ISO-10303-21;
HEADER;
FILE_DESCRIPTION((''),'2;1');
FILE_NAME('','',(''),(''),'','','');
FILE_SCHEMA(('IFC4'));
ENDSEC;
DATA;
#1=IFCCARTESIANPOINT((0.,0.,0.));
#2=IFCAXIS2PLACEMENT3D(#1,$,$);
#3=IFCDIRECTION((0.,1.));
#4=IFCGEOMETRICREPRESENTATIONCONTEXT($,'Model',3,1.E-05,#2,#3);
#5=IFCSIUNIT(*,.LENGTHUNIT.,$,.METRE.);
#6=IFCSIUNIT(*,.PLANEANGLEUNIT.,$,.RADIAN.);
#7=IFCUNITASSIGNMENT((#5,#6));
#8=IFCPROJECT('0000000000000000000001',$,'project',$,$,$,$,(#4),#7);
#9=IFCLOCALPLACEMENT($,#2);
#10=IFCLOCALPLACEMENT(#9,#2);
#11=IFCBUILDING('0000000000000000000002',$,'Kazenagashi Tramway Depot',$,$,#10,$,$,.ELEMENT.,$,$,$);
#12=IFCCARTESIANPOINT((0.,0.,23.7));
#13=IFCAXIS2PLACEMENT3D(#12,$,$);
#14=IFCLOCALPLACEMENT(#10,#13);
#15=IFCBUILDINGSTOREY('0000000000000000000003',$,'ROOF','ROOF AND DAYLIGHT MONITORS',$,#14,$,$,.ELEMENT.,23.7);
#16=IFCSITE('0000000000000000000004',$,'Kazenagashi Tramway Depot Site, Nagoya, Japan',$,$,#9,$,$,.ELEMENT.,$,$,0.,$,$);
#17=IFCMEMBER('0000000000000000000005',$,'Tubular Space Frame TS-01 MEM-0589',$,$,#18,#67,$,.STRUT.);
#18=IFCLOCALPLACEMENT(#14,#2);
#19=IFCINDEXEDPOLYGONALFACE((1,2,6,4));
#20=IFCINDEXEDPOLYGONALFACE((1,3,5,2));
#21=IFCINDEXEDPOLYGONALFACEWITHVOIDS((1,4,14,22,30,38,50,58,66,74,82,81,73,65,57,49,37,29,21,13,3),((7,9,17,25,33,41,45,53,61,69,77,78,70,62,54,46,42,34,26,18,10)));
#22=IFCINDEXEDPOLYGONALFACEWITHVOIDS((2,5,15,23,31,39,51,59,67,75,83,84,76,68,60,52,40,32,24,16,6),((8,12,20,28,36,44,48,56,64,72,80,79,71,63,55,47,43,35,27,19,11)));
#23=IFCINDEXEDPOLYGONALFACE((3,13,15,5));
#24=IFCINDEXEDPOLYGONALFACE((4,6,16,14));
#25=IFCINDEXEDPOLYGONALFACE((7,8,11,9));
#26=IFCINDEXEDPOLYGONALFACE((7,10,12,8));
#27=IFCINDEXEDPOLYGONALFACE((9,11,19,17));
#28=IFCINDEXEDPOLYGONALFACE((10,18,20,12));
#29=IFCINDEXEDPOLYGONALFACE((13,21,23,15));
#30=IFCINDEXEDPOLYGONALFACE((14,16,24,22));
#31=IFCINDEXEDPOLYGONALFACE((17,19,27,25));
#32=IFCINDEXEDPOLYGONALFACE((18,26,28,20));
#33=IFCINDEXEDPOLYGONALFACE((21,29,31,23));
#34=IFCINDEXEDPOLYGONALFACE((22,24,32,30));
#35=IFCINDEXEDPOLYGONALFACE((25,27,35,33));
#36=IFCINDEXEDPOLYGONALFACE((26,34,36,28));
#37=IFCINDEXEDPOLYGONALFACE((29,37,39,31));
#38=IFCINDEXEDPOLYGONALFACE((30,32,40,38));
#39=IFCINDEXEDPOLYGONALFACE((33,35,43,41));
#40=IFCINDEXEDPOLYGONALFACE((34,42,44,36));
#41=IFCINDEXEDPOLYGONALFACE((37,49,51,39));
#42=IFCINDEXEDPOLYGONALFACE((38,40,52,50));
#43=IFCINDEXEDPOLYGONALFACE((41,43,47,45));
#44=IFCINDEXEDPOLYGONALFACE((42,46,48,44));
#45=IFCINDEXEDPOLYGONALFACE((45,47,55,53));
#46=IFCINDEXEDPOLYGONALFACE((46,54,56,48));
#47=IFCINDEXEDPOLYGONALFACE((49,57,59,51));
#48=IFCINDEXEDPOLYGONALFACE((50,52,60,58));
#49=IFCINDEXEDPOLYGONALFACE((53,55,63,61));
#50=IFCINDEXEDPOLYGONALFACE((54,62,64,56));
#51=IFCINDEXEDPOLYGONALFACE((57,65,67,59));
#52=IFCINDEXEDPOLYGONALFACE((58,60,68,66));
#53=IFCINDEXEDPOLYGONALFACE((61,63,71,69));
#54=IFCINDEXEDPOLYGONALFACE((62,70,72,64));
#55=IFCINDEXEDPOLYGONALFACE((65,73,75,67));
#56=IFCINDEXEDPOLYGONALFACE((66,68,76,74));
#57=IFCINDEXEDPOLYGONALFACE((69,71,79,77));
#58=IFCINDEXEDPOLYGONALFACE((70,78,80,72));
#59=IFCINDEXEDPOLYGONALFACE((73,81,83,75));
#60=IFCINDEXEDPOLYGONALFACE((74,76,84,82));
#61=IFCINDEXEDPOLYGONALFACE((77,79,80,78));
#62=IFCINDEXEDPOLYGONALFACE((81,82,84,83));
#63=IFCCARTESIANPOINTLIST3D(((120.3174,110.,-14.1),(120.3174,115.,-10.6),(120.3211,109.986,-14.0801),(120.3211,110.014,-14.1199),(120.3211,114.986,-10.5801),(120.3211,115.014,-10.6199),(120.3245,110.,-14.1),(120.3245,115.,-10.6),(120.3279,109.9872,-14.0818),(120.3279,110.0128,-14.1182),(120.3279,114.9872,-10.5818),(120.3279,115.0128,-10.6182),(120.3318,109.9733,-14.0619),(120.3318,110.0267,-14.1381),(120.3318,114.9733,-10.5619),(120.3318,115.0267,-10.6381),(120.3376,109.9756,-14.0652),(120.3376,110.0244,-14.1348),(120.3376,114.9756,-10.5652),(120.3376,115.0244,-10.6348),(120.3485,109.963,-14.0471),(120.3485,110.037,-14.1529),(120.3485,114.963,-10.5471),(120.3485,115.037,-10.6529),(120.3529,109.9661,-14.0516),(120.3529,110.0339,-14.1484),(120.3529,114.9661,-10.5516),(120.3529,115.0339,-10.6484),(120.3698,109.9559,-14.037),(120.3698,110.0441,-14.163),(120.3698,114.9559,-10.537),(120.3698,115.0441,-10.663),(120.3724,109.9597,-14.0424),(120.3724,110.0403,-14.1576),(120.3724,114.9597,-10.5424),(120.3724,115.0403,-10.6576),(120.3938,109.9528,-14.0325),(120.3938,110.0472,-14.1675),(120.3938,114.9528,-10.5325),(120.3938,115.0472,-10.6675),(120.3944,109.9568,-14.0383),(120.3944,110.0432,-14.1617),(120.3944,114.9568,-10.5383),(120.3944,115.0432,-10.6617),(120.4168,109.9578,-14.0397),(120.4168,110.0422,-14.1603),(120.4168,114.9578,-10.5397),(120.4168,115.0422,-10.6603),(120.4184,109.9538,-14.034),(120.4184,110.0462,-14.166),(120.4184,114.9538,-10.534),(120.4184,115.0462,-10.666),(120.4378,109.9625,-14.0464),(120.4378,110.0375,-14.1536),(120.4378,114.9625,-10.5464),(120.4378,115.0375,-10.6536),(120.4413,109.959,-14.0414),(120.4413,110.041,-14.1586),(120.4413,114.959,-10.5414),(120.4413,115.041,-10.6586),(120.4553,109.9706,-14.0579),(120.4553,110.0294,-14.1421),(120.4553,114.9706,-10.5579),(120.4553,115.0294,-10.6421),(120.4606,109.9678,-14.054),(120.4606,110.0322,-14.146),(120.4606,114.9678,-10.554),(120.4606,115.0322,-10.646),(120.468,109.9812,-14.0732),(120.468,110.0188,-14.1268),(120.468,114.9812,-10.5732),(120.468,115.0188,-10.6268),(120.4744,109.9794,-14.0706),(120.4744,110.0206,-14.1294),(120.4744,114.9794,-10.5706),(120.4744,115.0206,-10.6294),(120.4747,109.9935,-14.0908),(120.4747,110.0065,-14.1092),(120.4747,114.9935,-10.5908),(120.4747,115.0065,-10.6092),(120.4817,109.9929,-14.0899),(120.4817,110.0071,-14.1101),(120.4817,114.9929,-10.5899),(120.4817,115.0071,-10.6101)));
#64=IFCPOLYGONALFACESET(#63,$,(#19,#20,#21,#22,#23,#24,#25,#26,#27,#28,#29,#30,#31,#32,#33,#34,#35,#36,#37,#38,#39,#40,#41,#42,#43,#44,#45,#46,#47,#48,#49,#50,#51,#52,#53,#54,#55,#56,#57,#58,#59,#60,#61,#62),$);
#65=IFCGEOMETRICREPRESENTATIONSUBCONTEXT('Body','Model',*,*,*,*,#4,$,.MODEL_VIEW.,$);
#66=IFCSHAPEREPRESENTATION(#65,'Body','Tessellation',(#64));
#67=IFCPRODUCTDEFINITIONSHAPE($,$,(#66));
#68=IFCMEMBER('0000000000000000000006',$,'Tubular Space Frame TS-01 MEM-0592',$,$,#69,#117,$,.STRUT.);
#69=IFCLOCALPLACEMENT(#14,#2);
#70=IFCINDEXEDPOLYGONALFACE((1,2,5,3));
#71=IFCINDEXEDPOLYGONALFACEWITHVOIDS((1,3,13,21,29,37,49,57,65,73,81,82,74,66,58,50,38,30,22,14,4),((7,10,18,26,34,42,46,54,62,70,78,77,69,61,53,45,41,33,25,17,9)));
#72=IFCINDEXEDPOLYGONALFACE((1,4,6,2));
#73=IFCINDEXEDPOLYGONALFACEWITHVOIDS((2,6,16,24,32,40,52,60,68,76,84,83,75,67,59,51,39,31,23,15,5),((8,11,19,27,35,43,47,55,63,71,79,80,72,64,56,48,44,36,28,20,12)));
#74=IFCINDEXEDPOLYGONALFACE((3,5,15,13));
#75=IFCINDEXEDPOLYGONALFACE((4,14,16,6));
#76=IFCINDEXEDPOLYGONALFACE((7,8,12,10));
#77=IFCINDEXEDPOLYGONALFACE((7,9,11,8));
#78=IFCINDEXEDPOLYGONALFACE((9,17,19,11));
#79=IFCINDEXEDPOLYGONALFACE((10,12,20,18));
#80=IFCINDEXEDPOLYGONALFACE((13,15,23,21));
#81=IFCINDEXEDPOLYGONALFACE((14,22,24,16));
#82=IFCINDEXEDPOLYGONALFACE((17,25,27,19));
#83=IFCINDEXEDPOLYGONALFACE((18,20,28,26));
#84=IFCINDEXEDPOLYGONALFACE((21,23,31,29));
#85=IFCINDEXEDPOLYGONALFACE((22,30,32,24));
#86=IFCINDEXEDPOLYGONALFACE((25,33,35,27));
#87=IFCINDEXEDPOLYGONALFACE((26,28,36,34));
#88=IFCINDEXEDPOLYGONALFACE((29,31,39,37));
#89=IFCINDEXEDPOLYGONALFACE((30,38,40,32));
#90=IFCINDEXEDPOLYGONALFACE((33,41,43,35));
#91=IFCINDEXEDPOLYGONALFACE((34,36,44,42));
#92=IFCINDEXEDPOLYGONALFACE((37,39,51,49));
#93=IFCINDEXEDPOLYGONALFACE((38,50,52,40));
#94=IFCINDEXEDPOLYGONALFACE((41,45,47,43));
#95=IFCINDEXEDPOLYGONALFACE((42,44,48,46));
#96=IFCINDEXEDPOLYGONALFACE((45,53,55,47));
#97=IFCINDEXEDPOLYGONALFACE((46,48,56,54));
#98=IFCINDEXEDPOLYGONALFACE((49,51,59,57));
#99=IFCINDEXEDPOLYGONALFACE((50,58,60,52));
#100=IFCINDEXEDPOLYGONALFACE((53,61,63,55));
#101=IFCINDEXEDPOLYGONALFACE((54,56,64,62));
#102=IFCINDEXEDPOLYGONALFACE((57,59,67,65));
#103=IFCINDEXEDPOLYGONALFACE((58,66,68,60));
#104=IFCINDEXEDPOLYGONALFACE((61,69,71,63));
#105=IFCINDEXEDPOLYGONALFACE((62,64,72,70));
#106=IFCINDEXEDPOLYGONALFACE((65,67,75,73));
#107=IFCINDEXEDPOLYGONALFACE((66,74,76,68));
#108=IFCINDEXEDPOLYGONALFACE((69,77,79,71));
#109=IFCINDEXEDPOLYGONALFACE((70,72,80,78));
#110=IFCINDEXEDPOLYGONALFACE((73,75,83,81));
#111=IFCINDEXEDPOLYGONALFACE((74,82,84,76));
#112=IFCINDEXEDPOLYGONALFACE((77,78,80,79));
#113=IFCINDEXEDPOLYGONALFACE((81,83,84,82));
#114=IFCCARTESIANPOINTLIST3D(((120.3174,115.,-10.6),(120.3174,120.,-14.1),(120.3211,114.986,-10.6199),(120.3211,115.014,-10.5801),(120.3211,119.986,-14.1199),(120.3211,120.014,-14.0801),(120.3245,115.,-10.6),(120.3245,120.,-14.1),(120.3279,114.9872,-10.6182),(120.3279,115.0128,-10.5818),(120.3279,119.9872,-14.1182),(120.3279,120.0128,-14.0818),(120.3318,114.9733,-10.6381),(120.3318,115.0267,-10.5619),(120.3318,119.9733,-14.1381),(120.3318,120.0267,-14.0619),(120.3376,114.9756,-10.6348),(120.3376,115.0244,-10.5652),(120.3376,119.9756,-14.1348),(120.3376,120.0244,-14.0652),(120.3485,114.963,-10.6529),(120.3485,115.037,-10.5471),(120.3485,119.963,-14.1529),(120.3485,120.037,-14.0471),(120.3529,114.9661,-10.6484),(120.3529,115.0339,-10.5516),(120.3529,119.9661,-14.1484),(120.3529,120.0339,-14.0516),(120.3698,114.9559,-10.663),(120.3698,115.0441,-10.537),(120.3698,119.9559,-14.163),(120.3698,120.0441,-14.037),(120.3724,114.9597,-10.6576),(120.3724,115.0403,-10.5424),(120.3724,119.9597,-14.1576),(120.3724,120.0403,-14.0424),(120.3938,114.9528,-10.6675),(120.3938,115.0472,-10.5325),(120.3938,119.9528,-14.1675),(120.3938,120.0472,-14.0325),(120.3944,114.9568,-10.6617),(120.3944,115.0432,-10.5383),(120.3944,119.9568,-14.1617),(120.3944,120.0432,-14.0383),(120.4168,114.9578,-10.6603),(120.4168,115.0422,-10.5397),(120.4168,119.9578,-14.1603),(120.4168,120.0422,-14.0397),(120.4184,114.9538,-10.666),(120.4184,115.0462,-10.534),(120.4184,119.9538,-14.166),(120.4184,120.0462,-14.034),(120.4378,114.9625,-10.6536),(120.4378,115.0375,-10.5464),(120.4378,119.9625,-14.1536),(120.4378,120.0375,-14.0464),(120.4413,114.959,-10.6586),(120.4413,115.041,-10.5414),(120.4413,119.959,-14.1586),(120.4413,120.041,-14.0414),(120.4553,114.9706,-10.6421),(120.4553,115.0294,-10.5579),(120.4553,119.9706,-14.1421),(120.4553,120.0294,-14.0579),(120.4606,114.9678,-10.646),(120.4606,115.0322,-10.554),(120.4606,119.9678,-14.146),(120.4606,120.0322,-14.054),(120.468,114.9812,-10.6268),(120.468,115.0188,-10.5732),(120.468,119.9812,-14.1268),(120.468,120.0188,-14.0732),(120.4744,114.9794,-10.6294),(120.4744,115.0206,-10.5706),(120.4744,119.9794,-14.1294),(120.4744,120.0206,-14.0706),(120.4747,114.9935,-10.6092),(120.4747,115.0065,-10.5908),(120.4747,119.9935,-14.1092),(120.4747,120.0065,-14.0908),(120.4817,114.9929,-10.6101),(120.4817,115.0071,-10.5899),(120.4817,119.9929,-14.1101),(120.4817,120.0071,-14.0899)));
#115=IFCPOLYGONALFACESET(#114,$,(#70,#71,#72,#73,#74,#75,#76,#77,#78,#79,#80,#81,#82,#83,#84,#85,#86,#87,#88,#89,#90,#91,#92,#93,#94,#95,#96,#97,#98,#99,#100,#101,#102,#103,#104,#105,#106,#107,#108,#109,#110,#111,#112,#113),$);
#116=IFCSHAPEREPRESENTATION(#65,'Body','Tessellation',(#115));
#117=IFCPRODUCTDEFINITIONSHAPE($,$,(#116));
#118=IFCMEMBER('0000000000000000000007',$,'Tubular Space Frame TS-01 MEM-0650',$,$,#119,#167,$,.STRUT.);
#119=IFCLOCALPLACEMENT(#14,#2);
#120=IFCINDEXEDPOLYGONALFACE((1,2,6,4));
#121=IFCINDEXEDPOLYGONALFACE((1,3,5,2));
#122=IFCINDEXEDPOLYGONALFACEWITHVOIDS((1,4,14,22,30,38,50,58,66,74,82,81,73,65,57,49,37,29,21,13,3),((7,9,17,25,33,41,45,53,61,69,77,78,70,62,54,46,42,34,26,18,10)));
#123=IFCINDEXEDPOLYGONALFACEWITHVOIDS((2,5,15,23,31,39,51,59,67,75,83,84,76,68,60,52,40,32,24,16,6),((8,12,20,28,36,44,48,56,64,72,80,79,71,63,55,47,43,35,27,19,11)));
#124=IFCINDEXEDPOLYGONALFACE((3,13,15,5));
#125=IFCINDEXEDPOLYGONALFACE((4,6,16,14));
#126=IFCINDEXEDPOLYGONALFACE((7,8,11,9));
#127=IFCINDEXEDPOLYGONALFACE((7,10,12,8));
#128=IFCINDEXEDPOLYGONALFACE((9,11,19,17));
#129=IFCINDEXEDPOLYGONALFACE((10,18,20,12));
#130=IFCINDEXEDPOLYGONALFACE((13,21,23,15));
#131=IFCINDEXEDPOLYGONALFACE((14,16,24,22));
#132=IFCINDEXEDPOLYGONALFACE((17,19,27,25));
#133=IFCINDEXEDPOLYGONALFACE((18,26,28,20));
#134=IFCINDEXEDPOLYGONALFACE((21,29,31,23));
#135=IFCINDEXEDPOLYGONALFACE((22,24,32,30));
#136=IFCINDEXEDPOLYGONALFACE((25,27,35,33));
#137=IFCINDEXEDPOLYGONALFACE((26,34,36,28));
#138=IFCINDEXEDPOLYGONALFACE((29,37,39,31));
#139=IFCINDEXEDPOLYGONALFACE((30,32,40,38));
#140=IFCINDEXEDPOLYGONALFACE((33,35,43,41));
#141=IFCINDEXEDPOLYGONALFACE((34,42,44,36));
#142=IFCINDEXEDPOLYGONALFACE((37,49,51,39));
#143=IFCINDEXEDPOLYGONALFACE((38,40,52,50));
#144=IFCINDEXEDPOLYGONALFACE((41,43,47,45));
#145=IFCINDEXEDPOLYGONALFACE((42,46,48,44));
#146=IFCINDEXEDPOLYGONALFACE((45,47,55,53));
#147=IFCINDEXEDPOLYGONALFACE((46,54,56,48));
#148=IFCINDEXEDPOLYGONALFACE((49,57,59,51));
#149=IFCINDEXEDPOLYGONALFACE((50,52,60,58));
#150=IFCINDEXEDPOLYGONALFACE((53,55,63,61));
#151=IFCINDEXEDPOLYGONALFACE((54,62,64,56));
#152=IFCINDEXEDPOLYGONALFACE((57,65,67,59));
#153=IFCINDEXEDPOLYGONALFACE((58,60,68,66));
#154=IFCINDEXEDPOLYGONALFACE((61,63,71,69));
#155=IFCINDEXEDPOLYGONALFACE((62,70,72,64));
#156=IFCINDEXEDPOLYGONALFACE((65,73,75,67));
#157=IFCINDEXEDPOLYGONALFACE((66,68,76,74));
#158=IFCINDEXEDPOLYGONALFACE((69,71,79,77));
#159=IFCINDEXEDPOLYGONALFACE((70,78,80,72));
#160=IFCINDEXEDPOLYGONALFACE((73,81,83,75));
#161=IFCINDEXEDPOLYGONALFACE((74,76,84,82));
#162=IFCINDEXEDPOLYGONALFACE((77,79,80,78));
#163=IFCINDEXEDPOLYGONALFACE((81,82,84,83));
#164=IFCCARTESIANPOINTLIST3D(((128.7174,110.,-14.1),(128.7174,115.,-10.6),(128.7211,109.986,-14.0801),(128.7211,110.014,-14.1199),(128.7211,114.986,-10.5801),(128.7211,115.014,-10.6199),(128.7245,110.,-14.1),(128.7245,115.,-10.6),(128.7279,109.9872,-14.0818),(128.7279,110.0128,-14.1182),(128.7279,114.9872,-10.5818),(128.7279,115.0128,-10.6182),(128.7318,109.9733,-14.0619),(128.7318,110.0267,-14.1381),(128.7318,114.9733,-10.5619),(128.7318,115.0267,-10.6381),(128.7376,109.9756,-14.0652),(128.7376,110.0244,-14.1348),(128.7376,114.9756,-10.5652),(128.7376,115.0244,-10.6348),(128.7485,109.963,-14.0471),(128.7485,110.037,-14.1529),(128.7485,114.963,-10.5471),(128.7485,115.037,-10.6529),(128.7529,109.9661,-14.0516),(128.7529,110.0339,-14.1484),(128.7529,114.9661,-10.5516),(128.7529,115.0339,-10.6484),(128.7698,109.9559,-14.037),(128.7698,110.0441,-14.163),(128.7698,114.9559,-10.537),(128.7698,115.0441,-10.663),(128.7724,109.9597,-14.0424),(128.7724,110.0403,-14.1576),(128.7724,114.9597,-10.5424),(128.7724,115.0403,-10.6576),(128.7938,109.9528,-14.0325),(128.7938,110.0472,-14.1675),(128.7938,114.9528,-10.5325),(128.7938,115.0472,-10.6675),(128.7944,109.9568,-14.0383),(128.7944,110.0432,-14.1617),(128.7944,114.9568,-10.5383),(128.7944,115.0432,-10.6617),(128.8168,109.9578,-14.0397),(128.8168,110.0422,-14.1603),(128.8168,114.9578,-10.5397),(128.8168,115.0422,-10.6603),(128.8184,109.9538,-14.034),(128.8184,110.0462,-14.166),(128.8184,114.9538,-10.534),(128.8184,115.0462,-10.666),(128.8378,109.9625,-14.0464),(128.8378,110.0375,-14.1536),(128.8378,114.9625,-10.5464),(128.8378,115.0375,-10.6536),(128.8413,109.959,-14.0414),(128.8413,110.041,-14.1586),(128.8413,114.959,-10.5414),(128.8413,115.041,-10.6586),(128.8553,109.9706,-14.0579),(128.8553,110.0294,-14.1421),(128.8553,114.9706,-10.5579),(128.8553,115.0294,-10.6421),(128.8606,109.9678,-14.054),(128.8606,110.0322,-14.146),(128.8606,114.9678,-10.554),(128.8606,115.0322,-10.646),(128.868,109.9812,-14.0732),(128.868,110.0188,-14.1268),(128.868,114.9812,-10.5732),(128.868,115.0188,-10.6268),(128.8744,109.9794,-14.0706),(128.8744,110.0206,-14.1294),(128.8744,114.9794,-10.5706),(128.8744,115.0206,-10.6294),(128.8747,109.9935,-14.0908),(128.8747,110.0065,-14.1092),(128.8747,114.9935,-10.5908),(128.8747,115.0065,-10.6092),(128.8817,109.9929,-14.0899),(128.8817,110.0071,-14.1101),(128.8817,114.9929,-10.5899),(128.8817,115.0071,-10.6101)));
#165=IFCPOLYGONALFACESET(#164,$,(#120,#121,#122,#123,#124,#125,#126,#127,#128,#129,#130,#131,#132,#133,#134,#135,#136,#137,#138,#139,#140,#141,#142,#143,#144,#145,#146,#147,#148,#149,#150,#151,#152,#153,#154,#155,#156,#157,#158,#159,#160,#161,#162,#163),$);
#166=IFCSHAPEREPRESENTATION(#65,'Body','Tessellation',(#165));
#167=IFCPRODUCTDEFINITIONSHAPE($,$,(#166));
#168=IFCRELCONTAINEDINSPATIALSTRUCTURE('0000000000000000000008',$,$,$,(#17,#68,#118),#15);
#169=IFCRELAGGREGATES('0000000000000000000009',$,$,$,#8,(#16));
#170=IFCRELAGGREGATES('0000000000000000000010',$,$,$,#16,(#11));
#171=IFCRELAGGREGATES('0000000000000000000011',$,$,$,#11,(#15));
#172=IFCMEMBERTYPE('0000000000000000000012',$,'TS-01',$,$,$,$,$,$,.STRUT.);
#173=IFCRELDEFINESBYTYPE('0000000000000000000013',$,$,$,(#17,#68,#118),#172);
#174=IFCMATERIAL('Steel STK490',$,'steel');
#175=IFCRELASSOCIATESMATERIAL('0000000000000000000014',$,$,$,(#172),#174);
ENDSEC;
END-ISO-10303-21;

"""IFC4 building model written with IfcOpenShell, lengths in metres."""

from ifc_helpers import new_model, si_unit, direction, frame, origin, origin_2d, place, context, subcontext, project, spatial, hollow_circle, extrude, material, material_profile, profile_set, type_object, element, save


model = new_model("IFC4")

# Units and contexts
model_context = context("Model", 3, precision=1e-05, world=origin(), true_north=direction((0.0, 1.0)))
body_context = subcontext(model_context, "Body", "Model", "MODEL_VIEW")
ifc_project = project(units=[si_unit("LENGTHUNIT", "METRE"), si_unit("PLANEANGLEUNIT", "RADIAN")], contexts=[model_context])

# Site, building, storey
site_placement = place(None, origin())
site = spatial("IfcSite", under=ifc_project, at=site_placement, Name="Kazenagashi Tramway Depot Site, Nagoya, Japan", CompositionType="ELEMENT", RefElevation=0.0)
building_placement = place(site_placement, origin())
building = spatial("IfcBuilding", under=site, at=building_placement, Name="Kazenagashi Tramway Depot", CompositionType="ELEMENT")
storey_placement = place(building_placement, frame((0.0, 0.0, 23.7)))
storey = spatial("IfcBuildingStorey", under=building, at=storey_placement, Name="ROOF", Description="ROOF AND DAYLIGHT MONITORS", CompositionType="ELEMENT", Elevation=23.7)

# Members
ifc_material_1 = material(Name="Steel STK490", Category="steel")
ifc_material_profile_1 = material_profile(ifc_material_1, hollow_circle(Radius=0.0826, WallThickness=0.0071, at=origin_2d()), Name="CHS-165.2x7.1")
ifc_profile_set_1 = profile_set([ifc_material_profile_1], Name="Steel STK490")
member_type_1 = type_object("IfcMemberType", Name="TS-01", PredefinedType="STRUT", material=ifc_profile_set_1)
for number, where, z_axis, x_axis, name in (
    (1, (120.4, 110.0, -14.1), (0.0, 0.819232, 0.573462), (-1.0, 0.0, 0.0), "Tubular Space Frame TS-01 MEM-0589"),
    (2, (120.4, 115.0, -10.6), (0.0, 0.819232, -0.573462), (-1.0, 0.0, 0.0), "Tubular Space Frame TS-01 MEM-0592"),
    (3, (128.8, 110.0, -14.1), (0.0, 0.819232, 0.573462), (-1.0, 0.0, 0.0), "Tubular Space Frame TS-01 MEM-0650"),
):
    element("IfcMember", number, at=place(storey_placement, frame(where, z_axis=z_axis, x_axis=x_axis)), inside=storey, type_object=member_type_1, Name=name, PredefinedType="STRUT", context=body_context, shape_type="SweptSolid", body=[
        extrude(hollow_circle(Radius=0.0826, WallThickness=0.0071, at=origin_2d()), origin(), (0.0, 0.0, 1.0), 6.1033),
    ])

save(model, "model.ifc")
